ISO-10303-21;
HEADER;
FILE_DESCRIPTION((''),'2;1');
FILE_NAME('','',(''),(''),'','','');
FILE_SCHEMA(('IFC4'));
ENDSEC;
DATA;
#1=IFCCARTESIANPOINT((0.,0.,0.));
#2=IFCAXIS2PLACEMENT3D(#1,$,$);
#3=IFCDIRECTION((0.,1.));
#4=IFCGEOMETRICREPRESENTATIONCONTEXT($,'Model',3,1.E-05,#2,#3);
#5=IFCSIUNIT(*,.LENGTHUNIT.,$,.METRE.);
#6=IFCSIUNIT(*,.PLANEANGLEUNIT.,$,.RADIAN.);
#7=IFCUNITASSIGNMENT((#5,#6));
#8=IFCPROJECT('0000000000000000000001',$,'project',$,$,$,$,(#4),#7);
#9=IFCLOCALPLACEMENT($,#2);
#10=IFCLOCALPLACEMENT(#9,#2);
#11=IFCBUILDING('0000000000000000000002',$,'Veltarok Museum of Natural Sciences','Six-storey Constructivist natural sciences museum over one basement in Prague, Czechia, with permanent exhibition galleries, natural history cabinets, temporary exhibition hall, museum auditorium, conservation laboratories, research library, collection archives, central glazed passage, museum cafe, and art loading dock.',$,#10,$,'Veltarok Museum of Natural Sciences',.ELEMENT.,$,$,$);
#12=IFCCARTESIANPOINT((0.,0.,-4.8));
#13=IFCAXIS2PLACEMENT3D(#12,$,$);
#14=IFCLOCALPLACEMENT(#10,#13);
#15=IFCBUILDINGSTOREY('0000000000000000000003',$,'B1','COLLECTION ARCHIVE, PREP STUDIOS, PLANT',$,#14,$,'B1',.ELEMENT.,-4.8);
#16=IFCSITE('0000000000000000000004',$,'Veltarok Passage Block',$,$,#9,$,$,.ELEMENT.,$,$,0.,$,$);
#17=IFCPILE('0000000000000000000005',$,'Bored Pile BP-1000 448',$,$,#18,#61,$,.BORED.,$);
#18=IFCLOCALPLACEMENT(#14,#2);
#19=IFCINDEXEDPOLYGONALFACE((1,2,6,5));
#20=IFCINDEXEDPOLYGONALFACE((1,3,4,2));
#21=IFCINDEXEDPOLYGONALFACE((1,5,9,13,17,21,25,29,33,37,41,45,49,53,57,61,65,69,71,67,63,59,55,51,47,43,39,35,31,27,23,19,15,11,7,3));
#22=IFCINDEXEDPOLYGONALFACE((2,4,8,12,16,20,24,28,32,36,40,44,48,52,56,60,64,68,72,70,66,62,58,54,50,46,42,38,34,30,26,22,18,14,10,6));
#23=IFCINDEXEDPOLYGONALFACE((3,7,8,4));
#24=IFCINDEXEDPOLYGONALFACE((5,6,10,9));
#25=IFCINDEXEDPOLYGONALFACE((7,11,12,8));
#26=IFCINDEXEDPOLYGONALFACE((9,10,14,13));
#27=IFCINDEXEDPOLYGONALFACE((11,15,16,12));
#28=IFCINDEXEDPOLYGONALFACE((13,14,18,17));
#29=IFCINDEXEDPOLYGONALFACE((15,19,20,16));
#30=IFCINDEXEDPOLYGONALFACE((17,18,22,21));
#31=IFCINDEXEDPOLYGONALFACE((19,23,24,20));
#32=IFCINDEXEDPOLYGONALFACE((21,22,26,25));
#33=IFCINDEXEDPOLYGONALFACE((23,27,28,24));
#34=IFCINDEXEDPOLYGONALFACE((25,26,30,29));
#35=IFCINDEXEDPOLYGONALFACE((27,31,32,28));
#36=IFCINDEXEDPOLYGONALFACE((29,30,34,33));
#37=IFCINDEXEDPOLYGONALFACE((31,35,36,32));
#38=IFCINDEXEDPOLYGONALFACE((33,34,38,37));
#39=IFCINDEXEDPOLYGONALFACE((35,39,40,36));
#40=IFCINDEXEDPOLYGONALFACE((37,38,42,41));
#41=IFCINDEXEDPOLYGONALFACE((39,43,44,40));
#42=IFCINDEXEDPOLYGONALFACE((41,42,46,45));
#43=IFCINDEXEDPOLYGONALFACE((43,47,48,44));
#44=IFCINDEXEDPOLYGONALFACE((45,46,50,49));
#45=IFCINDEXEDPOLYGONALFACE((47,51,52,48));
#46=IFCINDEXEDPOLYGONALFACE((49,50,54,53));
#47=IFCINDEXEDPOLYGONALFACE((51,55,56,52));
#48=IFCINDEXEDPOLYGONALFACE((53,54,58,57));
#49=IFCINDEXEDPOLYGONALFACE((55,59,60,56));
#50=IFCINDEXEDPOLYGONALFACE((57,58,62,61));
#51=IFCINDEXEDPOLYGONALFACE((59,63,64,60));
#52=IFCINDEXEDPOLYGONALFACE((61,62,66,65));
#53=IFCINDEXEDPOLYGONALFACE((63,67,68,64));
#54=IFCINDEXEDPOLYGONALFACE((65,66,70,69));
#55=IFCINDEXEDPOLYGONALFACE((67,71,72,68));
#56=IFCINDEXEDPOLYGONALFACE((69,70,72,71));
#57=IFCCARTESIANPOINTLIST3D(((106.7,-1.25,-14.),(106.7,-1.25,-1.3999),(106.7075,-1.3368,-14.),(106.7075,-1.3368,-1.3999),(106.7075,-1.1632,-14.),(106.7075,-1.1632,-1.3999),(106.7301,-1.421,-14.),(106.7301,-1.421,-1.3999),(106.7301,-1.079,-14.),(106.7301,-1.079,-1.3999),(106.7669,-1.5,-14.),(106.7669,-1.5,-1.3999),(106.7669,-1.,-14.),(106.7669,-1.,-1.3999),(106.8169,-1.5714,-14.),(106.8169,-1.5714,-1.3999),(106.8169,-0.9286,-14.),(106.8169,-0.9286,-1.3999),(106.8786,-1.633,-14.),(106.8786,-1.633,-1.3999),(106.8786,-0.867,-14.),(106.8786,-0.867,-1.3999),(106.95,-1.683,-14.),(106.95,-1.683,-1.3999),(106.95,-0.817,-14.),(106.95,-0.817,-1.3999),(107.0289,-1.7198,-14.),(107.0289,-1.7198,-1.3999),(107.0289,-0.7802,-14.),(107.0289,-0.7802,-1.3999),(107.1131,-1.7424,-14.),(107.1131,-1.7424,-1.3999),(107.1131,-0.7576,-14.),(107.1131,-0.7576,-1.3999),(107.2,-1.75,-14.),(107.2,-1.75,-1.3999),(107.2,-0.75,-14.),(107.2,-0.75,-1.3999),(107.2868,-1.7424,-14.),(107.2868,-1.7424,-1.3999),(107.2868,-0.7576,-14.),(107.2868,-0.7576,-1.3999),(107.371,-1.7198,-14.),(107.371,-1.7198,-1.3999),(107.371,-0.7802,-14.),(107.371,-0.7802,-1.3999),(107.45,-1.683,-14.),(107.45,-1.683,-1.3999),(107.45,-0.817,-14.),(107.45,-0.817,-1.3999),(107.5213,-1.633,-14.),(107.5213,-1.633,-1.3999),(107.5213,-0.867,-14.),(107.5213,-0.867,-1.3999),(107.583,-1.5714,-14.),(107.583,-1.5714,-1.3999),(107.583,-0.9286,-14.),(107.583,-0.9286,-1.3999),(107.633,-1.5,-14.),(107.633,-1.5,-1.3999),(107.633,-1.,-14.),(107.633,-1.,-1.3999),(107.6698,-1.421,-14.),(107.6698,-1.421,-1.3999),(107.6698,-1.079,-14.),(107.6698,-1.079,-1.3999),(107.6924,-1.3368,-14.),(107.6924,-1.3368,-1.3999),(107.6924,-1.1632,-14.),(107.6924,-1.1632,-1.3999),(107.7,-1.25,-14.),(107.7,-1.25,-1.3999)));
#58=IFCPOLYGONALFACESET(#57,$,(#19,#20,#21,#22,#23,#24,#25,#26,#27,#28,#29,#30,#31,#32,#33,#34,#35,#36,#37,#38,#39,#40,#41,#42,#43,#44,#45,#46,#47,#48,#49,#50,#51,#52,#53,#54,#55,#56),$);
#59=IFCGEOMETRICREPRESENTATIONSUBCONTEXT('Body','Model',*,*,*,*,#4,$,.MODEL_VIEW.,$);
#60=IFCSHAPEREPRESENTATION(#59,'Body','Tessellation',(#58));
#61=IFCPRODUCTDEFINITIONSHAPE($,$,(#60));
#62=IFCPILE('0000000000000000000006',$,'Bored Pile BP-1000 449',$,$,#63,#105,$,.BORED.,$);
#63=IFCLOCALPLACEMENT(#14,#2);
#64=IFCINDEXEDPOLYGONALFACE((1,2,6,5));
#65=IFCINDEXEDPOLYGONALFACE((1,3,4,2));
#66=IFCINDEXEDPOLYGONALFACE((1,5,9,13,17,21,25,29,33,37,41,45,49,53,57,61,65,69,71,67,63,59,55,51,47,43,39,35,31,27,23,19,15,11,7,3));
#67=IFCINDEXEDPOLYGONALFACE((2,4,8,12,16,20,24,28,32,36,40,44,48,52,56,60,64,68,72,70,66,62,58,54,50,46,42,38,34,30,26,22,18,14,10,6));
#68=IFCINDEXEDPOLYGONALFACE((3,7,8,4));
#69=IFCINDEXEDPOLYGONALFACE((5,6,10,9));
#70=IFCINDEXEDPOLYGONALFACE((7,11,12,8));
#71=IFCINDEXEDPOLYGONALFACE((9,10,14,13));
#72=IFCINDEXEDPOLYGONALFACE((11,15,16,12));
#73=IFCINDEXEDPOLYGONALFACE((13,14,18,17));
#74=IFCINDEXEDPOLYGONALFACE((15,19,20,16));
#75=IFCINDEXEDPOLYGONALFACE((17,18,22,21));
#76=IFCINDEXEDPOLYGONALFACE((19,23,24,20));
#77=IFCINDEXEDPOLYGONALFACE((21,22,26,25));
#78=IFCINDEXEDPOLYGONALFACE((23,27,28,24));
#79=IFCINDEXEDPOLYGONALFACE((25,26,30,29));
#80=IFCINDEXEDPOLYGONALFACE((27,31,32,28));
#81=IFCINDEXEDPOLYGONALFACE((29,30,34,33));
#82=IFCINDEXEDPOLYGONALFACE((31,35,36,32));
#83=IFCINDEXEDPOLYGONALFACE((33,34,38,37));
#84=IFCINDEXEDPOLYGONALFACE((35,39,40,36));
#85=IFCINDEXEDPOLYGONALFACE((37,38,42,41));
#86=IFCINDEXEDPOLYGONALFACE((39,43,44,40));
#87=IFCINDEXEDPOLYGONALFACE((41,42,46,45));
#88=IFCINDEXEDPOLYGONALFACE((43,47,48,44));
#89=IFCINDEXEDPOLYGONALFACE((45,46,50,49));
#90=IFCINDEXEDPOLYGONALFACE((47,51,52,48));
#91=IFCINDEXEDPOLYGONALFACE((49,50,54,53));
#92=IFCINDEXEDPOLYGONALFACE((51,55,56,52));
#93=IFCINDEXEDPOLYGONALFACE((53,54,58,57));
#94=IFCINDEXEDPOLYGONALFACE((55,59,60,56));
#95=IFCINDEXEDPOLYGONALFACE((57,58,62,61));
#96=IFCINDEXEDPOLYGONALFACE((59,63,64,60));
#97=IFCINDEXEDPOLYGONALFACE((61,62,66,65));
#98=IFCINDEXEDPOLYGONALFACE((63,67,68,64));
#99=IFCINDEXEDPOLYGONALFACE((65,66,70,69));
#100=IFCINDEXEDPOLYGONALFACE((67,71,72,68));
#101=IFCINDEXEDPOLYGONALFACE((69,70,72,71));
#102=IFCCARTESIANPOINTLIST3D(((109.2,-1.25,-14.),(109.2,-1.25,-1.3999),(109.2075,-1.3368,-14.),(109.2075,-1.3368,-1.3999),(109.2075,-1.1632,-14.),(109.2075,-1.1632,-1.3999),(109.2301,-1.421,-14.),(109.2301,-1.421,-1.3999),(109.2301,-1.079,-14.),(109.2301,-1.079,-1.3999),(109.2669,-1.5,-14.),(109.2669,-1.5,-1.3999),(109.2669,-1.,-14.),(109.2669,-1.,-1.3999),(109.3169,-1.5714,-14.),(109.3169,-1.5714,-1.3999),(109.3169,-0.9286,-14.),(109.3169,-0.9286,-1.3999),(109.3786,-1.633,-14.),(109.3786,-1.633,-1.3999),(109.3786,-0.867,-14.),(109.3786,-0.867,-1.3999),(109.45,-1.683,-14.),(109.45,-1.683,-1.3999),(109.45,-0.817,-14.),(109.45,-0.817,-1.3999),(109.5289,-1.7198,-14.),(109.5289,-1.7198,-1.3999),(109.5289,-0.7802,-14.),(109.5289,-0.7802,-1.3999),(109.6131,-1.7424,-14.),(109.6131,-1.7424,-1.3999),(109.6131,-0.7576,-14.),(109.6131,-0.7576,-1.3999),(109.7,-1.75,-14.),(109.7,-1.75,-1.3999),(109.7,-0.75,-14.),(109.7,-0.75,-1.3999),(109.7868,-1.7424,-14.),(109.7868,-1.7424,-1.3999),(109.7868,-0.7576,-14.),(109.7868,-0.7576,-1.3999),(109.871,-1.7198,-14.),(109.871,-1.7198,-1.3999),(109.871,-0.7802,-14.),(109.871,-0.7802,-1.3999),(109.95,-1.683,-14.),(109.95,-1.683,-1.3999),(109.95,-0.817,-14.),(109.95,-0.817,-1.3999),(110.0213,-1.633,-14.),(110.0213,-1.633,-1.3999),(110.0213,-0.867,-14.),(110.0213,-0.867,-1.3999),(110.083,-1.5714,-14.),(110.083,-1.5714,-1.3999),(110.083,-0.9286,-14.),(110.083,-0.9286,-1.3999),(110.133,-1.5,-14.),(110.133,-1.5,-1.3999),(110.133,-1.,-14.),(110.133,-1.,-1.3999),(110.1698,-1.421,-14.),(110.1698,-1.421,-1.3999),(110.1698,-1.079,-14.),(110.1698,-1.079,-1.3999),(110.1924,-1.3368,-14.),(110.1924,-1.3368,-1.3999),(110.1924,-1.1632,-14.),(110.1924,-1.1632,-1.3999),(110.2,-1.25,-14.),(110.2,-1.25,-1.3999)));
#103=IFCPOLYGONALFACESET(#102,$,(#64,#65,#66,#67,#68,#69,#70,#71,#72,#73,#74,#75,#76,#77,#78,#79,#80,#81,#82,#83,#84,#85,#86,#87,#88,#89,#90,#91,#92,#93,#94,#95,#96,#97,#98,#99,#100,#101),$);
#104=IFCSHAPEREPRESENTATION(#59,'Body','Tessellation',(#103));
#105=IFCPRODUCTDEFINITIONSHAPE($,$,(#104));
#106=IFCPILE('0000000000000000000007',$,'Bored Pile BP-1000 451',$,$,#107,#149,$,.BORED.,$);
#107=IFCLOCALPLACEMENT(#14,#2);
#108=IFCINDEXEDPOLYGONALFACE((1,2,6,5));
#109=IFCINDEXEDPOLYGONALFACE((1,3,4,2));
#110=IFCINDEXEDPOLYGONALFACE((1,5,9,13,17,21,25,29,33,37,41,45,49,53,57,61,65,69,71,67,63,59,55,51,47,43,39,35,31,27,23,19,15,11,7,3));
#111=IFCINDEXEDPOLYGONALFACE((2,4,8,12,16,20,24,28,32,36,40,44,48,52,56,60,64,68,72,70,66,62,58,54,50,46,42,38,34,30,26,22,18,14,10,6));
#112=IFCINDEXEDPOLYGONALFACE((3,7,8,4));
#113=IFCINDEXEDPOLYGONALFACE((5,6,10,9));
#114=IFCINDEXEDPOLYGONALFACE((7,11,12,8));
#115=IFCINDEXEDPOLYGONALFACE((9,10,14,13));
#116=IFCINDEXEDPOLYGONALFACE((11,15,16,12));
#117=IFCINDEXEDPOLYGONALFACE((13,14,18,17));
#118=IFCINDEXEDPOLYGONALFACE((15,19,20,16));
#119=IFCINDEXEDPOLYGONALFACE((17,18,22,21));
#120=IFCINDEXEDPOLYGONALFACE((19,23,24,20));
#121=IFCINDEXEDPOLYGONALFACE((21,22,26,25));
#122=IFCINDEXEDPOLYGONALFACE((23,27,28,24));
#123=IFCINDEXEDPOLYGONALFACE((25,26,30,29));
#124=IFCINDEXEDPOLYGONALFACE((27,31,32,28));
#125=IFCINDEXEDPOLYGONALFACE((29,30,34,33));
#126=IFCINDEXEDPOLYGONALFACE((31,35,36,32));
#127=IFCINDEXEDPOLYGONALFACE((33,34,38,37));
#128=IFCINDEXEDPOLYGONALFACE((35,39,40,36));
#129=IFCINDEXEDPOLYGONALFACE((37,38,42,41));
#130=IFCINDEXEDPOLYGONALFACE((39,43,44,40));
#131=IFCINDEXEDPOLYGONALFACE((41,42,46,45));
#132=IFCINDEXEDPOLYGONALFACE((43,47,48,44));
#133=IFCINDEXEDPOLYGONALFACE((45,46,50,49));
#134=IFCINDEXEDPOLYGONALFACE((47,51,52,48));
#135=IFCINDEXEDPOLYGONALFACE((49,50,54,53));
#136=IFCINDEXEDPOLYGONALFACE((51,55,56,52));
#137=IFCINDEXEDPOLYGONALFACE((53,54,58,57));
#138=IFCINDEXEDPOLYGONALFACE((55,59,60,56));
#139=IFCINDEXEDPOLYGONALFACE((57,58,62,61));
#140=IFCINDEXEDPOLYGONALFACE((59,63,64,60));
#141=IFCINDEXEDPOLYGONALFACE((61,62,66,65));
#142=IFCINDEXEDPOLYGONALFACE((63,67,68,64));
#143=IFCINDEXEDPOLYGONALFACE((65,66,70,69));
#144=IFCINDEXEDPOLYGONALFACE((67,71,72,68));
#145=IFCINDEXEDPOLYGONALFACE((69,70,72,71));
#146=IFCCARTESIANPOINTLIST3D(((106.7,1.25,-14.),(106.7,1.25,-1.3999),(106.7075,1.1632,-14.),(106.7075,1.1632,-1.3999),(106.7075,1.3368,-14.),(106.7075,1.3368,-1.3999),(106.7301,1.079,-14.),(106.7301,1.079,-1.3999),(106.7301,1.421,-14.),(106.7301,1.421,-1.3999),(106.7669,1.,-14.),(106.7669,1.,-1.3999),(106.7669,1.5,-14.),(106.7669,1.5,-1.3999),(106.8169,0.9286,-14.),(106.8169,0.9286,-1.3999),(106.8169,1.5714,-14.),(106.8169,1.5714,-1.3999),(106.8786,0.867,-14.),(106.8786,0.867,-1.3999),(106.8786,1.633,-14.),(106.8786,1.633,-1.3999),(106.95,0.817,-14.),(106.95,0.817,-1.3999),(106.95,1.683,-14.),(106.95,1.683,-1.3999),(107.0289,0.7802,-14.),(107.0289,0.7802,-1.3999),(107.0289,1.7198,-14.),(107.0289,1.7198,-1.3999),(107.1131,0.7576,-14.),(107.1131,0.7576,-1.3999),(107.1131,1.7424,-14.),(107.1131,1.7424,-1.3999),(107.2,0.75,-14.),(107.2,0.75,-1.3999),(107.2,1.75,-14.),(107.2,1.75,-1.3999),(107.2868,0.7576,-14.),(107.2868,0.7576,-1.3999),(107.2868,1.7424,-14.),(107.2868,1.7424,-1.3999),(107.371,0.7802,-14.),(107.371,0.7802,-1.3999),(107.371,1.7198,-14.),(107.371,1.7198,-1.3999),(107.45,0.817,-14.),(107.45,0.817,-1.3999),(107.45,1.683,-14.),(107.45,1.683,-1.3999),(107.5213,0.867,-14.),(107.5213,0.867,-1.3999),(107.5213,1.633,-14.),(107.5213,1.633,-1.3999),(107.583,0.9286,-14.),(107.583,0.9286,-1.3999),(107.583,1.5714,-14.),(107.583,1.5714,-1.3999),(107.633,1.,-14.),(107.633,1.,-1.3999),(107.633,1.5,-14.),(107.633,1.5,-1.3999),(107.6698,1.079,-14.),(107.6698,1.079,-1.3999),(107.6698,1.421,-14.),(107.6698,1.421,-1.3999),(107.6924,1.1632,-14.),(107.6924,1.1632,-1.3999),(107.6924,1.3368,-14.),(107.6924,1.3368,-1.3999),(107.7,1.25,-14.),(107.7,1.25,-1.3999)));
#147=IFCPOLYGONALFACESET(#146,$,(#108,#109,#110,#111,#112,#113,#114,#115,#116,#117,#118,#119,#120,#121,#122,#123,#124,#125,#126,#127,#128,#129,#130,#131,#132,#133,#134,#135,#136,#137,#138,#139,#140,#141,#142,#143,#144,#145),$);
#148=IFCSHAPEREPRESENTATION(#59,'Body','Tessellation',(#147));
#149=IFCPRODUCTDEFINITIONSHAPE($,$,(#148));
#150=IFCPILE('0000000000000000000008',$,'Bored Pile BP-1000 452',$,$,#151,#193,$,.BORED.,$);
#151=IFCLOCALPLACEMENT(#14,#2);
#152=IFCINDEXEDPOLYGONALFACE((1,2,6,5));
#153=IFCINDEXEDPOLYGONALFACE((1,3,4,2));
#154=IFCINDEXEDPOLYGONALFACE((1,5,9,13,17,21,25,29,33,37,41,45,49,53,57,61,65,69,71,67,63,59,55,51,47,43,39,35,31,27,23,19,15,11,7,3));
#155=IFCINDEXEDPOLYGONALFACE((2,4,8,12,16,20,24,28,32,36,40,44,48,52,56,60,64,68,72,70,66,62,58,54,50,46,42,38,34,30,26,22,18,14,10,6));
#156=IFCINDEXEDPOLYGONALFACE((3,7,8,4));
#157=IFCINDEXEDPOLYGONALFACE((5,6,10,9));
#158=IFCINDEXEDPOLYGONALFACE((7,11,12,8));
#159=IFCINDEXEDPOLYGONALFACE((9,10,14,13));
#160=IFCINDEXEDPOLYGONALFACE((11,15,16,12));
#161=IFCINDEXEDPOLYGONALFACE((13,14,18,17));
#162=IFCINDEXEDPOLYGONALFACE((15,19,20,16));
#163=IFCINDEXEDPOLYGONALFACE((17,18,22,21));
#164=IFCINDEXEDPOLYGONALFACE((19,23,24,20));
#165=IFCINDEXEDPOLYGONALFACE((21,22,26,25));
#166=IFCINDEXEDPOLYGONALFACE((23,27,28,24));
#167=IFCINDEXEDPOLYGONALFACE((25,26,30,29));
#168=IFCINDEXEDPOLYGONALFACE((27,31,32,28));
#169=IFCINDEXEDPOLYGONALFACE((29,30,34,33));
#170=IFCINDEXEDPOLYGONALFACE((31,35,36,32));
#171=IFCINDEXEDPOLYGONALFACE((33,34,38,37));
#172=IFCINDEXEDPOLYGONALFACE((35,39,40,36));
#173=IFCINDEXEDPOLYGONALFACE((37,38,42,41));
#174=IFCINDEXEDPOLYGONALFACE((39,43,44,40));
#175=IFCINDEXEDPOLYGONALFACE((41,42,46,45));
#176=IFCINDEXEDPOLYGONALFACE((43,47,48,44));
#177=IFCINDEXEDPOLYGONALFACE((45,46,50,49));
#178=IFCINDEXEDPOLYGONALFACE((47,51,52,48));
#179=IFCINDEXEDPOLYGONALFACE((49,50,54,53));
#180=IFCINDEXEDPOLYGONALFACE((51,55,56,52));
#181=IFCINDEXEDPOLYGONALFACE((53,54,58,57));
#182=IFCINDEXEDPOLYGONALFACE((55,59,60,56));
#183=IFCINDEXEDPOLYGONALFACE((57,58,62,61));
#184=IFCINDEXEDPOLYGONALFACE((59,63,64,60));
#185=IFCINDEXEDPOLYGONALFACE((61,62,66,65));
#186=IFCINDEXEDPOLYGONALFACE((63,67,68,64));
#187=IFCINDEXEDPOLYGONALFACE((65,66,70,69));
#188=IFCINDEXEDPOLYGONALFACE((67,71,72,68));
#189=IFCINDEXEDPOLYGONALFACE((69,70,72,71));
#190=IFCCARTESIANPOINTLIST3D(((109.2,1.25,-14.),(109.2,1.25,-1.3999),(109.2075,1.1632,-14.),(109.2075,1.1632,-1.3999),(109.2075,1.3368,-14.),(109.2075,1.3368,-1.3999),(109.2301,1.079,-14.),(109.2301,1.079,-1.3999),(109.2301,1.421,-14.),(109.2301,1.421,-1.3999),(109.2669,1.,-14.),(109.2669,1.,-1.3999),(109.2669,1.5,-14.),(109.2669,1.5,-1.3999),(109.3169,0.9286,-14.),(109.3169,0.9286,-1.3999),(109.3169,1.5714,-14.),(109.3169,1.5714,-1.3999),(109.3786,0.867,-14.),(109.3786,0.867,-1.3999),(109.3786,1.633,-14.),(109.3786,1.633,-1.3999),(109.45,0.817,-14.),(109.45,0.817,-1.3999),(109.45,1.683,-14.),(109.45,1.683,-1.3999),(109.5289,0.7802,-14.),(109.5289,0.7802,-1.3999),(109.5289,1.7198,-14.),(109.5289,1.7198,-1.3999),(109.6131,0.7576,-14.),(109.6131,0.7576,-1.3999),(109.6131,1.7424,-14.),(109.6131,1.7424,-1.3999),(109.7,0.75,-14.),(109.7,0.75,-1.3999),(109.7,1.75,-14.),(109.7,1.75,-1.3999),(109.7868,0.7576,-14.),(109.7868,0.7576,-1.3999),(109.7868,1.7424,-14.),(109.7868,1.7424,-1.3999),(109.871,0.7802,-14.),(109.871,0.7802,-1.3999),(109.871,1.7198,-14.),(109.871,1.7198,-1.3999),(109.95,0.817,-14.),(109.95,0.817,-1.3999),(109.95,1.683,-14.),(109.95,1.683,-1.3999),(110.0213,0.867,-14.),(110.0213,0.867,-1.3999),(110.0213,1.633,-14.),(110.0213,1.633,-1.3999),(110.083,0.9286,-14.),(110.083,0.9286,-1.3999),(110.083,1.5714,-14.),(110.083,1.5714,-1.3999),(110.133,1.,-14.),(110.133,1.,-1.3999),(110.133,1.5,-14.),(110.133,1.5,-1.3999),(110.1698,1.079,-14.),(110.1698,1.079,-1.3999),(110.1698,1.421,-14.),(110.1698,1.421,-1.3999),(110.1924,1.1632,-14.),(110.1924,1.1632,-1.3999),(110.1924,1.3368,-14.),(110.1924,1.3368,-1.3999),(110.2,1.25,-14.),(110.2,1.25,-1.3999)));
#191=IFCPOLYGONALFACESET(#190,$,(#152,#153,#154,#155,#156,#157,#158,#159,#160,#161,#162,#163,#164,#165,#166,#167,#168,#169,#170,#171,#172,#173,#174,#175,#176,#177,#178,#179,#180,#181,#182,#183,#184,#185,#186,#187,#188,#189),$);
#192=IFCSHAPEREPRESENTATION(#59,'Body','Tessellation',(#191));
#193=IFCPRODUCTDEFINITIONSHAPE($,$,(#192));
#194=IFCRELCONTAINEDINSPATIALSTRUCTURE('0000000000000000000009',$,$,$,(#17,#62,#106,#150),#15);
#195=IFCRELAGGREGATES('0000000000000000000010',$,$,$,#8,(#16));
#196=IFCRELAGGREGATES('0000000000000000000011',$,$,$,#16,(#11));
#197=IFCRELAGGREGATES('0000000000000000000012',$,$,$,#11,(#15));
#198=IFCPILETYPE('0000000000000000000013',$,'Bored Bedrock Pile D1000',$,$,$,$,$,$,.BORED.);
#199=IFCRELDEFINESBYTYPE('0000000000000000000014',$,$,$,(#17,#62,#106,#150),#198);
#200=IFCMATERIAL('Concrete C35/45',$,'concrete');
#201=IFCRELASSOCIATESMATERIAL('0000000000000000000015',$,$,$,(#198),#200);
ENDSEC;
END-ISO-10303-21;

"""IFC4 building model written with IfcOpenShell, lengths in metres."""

from ifc_helpers import new_model, si_unit, direction, frame, origin, origin_2d, place, context, subcontext, project, spatial, circle, extrude, material, material_profile, profile_set, type_object, element, save


model = new_model("IFC4")

# Units and contexts
model_context = context("Model", 3, precision=1e-05, world=origin(), true_north=direction((0.0, 1.0)))
body_context = subcontext(model_context, "Body", "Model", "MODEL_VIEW")
ifc_project = project(units=[si_unit("LENGTHUNIT", "METRE"), si_unit("PLANEANGLEUNIT", "RADIAN")], contexts=[model_context])

# Site, building, storey
site_placement = place(None, origin())
site = spatial("IfcSite", under=ifc_project, at=site_placement, Name="Veltarok Passage Block", CompositionType="ELEMENT", RefElevation=0.0)
building_placement = place(site_placement, origin())
building = spatial("IfcBuilding", under=site, at=building_placement, Name="Veltarok Museum of Natural Sciences", Description="Six-storey Constructivist natural sciences museum over one basement in Prague, Czechia, with permanent exhibition galleries, natural history cabinets, temporary exhibition hall, museum auditorium, conservation laboratories, research library, collection archives, central glazed passage, museum cafe, and art loading dock.", LongName="Veltarok Museum of Natural Sciences", CompositionType="ELEMENT")
storey_placement = place(building_placement, frame((0.0, 0.0, -4.8)))
storey = spatial("IfcBuildingStorey", under=building, at=storey_placement, Name="B1", Description="COLLECTION ARCHIVE, PREP STUDIOS, PLANT", LongName="B1", CompositionType="ELEMENT", Elevation=-4.8)

# Piles
ifc_material_1 = material(Name="Concrete C35/45", Category="concrete")
ifc_material_profile_1 = material_profile(ifc_material_1, circle(Radius=0.5, at=origin_2d()), Name="BP D1000")
ifc_profile_set_1 = profile_set([ifc_material_profile_1], Name="Concrete C35/45")
pile_type_1 = type_object("IfcPileType", Name="Bored Bedrock Pile D1000", PredefinedType="BORED", material=ifc_profile_set_1)
for number, where, z_axis, x_axis, name in (
    (1, (107.2, -1.25, -1.3999), (0.0, 0.0, -1.0), (1.0, 0.0, 0.0), "Bored Pile BP-1000 448"),
    (2, (109.7, -1.25, -1.3999), (0.0, 0.0, -1.0), (1.0, 0.0, 0.0), "Bored Pile BP-1000 449"),
    (3, (107.2, 1.25, -1.3999), (0.0, 0.0, -1.0), (1.0, 0.0, 0.0), "Bored Pile BP-1000 451"),
    (4, (109.7, 1.25, -1.3999), (0.0, 0.0, -1.0), (1.0, 0.0, 0.0), "Bored Pile BP-1000 452"),
):
    element("IfcPile", number, at=place(storey_placement, frame(where, z_axis=z_axis, x_axis=x_axis)), inside=storey, type_object=pile_type_1, Name=name, PredefinedType="BORED", context=body_context, shape_type="SweptSolid", body=[
        extrude(circle(Radius=0.5, at=origin_2d()), origin(), (0.0, 0.0, 1.0), 12.6001),
    ])

save(model, "model.ifc")
